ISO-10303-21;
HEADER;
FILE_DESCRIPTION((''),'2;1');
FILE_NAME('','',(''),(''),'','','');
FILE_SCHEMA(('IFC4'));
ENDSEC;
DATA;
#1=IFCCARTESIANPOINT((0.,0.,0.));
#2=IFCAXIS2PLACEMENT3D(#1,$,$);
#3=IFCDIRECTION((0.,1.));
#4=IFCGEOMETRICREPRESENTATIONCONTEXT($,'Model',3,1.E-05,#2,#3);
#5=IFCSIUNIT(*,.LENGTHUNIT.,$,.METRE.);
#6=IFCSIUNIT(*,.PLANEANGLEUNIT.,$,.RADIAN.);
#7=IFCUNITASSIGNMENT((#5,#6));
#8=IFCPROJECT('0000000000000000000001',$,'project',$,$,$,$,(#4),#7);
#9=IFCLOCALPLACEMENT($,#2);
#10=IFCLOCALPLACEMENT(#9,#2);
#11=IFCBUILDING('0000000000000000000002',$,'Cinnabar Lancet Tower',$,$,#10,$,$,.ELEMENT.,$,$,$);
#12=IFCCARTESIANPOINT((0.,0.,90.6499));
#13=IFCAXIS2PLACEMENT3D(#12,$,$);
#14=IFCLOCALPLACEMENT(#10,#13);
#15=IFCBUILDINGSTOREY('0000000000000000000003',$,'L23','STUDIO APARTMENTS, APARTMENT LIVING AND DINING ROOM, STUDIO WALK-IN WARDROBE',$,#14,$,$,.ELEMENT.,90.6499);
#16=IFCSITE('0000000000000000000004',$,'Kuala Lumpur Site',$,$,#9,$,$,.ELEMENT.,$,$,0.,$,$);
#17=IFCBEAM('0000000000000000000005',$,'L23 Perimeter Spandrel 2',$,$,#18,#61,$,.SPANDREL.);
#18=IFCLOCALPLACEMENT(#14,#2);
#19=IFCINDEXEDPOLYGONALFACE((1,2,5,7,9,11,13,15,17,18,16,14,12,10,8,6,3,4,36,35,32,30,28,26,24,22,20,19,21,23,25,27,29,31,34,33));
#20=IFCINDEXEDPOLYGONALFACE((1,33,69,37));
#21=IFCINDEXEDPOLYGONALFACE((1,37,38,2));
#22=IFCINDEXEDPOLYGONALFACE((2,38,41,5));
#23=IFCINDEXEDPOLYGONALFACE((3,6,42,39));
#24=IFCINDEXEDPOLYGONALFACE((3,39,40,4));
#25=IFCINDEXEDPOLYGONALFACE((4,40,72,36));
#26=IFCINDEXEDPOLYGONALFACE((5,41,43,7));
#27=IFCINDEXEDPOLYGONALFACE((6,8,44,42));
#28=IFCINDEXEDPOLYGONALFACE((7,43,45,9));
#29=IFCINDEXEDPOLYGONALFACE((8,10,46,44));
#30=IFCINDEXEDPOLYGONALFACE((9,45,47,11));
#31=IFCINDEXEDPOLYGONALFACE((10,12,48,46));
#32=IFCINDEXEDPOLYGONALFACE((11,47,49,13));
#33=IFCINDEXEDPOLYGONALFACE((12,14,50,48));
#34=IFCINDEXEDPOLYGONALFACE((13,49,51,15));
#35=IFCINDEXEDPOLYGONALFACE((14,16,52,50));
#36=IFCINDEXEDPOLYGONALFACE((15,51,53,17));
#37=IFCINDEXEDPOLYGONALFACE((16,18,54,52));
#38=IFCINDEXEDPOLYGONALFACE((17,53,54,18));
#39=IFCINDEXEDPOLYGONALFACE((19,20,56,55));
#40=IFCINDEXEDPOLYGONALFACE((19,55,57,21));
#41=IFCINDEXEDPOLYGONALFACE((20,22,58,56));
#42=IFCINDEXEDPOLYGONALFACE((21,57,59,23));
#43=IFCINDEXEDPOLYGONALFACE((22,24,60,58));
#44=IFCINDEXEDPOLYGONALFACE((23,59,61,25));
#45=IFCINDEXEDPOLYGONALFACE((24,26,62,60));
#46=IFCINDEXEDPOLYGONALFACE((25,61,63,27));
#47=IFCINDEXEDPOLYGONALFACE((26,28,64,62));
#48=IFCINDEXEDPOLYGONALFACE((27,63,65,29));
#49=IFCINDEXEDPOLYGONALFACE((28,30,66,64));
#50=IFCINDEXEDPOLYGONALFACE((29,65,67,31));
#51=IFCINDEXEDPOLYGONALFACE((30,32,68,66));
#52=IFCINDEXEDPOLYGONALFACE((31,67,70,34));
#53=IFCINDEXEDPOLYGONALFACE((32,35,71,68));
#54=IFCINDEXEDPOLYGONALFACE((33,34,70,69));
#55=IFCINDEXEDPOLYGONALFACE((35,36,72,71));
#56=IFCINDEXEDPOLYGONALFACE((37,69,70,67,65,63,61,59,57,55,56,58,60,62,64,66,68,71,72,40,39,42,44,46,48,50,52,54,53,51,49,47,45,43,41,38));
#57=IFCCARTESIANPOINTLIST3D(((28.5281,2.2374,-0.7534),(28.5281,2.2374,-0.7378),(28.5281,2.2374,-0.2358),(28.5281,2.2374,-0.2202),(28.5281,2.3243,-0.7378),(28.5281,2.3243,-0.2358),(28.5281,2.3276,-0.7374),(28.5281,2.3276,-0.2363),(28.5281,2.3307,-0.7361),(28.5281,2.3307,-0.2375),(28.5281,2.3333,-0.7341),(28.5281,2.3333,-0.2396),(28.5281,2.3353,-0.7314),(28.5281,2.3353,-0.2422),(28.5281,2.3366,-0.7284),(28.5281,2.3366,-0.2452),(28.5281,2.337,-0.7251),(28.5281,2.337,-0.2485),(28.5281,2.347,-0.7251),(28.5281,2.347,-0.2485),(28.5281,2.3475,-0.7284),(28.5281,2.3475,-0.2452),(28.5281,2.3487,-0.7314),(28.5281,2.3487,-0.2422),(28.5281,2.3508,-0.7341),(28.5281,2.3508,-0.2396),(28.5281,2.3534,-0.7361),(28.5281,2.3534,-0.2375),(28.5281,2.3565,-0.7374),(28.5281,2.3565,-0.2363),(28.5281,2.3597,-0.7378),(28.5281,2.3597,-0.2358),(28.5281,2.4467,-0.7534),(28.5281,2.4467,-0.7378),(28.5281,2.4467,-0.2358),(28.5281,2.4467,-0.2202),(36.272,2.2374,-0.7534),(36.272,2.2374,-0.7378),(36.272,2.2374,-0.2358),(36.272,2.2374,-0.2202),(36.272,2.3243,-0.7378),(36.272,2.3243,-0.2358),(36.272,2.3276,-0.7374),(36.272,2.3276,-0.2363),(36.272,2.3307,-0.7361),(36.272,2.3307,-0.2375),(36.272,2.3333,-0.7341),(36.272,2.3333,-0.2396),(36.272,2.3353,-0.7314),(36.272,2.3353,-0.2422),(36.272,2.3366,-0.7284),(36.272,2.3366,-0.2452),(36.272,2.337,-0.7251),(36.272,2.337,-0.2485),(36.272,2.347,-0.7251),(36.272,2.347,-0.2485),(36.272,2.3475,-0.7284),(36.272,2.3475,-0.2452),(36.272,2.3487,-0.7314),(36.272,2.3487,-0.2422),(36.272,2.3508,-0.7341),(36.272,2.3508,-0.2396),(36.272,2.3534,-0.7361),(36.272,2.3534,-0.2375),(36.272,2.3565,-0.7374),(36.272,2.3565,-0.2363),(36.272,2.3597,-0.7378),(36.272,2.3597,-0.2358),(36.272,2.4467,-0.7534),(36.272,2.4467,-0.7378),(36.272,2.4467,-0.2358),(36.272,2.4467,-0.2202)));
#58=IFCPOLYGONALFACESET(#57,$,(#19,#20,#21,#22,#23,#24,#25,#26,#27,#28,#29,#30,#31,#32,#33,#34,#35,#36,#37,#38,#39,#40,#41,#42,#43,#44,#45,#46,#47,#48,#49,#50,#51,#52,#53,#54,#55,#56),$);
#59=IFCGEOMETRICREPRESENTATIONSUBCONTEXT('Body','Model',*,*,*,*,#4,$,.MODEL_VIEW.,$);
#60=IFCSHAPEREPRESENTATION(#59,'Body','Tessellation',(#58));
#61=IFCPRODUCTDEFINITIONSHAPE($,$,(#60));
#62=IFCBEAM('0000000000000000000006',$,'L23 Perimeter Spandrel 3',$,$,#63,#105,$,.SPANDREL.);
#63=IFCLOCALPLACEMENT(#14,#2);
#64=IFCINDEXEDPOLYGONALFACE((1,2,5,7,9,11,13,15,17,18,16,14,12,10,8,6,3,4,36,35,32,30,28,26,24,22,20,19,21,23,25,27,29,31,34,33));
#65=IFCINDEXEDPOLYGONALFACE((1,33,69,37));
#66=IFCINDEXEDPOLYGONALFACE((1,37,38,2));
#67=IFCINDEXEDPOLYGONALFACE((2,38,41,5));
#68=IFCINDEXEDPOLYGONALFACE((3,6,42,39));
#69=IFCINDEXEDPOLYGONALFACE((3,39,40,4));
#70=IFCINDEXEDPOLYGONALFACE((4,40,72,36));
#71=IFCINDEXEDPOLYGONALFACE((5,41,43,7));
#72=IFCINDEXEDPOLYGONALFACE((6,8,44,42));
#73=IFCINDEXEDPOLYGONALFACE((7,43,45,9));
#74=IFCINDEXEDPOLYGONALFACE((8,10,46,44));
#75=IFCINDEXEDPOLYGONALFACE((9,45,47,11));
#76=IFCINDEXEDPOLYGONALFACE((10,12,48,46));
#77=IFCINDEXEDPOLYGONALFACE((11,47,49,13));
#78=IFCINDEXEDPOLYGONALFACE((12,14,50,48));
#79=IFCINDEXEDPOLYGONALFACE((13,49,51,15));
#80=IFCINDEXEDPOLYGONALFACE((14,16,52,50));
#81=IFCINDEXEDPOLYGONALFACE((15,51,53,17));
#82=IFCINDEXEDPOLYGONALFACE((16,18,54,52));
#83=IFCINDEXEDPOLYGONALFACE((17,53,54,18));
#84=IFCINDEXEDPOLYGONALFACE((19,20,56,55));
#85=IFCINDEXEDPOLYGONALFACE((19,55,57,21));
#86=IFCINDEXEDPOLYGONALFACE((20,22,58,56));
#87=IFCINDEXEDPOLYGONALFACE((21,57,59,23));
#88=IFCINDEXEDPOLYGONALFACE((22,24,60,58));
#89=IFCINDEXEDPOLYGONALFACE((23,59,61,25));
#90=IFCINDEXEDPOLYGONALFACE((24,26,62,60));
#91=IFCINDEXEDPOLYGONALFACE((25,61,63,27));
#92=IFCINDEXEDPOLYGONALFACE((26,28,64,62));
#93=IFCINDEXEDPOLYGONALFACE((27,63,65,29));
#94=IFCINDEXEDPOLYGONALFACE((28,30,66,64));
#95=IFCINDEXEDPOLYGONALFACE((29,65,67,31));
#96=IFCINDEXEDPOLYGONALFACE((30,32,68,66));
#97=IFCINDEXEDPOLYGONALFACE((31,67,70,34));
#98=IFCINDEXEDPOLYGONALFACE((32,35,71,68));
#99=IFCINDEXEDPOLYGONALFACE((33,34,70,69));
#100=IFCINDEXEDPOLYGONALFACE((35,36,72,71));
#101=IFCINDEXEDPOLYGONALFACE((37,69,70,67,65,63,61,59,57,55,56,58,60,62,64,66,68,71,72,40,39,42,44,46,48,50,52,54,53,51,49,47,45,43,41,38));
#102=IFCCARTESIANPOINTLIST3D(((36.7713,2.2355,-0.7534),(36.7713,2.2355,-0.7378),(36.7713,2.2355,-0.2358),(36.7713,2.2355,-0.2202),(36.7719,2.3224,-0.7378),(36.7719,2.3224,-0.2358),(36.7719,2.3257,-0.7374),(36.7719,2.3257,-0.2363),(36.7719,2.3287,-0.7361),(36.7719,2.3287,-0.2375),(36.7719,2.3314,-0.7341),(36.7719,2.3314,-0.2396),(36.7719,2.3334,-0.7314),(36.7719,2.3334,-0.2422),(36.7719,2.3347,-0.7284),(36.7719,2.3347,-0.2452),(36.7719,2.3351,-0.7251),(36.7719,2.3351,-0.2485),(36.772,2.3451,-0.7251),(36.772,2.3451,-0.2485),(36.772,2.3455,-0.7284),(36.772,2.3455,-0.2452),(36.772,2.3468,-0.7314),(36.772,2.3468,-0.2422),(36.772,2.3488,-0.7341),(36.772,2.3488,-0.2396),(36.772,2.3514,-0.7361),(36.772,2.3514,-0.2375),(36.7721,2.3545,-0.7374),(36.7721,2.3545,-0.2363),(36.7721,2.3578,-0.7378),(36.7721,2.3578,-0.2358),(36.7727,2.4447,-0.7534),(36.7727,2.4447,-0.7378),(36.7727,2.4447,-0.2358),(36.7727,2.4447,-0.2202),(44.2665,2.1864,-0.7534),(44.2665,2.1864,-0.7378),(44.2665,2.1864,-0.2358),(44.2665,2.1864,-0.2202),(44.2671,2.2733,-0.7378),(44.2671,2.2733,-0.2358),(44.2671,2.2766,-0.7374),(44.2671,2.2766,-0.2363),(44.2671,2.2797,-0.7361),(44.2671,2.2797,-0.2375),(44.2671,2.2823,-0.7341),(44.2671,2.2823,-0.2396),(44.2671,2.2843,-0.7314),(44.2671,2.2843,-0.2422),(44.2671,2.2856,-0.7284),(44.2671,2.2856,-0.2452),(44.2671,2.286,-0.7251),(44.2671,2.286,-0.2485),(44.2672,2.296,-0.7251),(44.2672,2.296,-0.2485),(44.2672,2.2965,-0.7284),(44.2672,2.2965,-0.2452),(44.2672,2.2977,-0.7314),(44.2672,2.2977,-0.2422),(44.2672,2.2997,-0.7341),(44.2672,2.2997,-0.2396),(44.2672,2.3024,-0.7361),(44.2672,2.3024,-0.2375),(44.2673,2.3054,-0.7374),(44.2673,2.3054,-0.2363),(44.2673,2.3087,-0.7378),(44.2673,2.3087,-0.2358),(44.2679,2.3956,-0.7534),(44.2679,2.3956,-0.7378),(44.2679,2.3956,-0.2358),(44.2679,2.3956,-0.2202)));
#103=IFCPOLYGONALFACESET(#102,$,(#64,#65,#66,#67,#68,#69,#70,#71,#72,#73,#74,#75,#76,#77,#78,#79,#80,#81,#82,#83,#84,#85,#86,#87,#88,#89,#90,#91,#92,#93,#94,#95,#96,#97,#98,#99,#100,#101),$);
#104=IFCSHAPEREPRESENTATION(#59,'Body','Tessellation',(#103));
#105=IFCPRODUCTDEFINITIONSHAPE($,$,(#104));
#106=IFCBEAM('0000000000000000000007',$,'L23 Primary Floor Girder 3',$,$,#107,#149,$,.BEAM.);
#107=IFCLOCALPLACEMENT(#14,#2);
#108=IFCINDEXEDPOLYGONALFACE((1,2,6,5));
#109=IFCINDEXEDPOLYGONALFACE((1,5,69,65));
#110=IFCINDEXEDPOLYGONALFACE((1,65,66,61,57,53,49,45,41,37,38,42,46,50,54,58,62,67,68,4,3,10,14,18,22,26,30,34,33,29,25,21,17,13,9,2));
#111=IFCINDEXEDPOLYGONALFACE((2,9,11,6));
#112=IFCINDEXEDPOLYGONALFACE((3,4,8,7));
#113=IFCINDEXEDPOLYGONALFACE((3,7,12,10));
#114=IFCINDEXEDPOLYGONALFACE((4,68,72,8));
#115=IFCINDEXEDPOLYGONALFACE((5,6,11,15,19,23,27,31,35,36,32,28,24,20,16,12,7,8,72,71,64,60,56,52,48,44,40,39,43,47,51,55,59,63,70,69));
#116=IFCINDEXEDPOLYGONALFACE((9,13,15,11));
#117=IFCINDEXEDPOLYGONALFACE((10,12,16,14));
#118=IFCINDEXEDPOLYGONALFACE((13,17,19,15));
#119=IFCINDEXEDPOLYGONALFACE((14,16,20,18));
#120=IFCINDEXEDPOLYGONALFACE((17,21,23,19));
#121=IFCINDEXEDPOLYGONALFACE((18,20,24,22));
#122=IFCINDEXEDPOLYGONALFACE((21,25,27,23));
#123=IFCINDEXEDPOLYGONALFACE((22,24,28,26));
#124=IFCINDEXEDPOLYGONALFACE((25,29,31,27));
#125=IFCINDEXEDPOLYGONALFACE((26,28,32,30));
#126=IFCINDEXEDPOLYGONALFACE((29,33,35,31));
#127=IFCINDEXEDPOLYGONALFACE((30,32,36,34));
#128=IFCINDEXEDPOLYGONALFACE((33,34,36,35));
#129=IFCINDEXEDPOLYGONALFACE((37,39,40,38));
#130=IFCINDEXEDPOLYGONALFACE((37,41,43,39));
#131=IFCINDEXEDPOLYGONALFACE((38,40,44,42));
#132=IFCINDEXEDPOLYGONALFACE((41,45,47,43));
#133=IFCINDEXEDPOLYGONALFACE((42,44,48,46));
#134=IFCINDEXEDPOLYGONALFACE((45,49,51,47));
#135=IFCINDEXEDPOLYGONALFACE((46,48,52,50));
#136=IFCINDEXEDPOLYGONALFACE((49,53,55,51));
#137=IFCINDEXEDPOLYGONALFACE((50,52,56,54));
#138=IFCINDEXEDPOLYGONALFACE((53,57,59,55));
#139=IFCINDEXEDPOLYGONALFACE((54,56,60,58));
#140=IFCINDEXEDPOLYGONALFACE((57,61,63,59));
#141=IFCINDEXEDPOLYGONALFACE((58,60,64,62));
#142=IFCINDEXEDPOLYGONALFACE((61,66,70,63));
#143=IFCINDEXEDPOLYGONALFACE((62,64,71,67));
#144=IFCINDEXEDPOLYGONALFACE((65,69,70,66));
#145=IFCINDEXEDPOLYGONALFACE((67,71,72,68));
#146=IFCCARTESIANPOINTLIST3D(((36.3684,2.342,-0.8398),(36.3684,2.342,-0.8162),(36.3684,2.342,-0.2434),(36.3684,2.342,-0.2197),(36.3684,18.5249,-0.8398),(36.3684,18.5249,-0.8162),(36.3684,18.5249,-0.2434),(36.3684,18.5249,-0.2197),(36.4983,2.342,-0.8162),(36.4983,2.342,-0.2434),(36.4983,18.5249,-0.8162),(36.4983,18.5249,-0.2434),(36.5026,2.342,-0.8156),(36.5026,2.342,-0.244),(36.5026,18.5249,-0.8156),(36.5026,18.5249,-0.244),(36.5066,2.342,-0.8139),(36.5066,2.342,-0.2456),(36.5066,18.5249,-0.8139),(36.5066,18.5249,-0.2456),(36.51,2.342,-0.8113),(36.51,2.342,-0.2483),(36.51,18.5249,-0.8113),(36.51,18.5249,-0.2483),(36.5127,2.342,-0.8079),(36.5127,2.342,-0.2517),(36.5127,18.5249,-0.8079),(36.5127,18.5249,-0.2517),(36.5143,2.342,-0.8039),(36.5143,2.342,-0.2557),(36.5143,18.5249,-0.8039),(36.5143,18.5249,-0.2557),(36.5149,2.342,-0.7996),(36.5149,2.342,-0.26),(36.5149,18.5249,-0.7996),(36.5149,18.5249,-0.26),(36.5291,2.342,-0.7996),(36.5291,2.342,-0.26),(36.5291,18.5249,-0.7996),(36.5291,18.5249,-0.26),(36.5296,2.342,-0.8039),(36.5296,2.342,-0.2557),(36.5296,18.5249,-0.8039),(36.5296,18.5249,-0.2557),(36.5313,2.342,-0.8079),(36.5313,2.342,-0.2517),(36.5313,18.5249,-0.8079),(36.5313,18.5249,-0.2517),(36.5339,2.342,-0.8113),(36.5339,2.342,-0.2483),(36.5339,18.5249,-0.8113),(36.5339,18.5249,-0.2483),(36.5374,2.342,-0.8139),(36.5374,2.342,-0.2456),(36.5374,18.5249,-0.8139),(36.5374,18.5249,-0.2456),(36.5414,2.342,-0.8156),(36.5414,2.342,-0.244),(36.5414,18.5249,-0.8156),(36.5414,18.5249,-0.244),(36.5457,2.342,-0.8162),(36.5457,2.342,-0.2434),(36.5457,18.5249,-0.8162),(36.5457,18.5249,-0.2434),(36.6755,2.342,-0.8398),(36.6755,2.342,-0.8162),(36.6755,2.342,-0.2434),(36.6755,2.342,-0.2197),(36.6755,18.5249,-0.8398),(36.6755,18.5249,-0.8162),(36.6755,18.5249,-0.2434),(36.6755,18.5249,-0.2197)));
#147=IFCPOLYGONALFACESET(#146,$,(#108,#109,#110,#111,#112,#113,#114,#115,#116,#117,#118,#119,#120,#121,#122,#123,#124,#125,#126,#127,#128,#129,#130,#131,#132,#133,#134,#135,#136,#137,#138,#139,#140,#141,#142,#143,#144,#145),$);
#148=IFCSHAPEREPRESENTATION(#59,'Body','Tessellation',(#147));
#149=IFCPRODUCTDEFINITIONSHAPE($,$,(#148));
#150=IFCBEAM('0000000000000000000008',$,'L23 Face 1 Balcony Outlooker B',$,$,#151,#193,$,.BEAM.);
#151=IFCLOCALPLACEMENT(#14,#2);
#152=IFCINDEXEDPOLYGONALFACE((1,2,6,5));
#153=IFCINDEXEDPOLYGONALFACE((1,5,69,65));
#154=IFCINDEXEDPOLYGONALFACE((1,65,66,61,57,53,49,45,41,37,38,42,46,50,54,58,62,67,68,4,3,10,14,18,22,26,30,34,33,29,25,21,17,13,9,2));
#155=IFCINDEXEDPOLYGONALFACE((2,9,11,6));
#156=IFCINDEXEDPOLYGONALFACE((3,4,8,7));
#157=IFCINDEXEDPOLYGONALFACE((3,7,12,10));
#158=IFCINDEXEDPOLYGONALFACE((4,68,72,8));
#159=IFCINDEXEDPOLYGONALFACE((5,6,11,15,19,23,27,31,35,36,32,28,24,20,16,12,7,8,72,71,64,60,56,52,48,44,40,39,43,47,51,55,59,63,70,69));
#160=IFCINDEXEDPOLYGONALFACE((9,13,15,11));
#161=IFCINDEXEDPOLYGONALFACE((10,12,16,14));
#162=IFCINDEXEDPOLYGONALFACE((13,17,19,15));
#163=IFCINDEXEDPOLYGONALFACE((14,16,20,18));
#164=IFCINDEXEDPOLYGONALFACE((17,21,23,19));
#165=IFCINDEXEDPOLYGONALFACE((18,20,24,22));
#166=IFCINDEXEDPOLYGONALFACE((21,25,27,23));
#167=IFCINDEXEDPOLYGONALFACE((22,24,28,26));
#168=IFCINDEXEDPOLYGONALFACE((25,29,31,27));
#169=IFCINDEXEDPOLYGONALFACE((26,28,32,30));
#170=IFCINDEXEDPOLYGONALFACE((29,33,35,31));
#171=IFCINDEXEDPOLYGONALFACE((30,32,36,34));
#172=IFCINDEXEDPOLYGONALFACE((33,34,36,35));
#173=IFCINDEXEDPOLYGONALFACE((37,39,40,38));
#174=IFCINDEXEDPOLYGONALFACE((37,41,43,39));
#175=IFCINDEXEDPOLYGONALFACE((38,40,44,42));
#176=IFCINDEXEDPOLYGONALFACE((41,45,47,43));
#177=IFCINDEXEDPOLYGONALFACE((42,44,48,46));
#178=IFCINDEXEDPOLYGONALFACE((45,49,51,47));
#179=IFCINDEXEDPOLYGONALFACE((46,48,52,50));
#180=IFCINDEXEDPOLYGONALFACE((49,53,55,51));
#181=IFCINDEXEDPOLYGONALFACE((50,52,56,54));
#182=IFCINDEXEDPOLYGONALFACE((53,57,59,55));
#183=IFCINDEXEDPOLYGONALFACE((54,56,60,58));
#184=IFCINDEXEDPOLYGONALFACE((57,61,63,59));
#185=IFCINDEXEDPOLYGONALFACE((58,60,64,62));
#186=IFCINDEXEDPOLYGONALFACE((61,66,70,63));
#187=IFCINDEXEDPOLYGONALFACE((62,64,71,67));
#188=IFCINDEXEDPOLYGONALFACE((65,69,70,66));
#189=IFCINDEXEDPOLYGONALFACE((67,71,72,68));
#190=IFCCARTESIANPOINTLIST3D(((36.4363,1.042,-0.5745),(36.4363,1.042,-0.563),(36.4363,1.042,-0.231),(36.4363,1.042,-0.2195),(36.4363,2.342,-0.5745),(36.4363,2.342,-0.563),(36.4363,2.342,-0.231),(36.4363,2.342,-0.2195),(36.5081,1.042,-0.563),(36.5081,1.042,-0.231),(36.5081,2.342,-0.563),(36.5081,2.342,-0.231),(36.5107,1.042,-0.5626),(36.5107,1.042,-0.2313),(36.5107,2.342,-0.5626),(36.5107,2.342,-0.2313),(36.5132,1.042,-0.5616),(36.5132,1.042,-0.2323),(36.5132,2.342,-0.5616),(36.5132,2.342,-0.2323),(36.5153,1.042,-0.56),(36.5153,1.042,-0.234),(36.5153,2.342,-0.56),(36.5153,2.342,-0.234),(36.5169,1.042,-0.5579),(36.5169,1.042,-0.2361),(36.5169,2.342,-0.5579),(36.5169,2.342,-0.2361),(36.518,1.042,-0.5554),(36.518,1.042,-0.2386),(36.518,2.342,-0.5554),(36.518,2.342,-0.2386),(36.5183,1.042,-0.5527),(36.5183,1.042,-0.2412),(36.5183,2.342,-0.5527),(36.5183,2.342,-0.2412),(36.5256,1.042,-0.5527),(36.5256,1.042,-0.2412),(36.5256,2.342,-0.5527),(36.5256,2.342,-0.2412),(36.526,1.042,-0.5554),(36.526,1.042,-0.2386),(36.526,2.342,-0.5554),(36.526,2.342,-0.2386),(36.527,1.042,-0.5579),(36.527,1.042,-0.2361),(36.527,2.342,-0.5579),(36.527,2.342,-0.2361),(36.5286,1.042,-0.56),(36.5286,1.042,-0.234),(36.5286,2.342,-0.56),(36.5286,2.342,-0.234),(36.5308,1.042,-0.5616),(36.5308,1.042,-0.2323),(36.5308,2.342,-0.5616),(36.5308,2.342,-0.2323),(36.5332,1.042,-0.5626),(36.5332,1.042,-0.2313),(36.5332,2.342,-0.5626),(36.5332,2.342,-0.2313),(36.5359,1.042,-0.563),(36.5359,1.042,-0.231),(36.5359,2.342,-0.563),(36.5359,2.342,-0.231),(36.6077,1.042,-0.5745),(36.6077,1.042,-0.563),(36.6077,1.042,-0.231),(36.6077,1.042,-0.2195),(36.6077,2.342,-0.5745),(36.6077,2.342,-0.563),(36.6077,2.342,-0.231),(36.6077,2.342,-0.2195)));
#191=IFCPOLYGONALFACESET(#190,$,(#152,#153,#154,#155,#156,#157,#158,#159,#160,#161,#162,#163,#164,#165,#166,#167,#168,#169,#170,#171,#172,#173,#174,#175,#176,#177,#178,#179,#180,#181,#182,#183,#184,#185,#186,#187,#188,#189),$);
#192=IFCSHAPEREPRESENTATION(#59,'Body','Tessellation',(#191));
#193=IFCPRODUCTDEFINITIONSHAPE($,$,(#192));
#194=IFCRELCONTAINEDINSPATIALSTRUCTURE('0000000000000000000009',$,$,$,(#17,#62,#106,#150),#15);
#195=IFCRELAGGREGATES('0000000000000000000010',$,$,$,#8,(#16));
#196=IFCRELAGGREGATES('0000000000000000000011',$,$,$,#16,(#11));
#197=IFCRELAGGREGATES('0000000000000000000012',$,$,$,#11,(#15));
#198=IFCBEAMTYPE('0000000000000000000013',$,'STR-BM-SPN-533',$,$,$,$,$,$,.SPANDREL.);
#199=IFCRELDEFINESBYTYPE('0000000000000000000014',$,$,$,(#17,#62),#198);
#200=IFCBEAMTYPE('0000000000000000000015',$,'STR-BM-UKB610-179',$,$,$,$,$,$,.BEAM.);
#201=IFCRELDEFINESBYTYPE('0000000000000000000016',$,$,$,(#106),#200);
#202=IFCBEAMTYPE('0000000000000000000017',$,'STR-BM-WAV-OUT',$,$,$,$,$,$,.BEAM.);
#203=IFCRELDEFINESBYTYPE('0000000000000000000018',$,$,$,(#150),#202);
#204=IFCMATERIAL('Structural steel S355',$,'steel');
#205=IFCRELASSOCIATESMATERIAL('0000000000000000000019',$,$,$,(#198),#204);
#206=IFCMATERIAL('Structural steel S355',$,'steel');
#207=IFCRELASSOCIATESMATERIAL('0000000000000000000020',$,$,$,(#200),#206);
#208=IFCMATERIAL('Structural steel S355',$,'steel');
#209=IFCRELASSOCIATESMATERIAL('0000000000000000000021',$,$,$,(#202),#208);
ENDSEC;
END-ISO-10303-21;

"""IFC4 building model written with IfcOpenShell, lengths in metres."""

from ifc_helpers import new_model, si_unit, direction, frame, origin, origin_2d, place, context, subcontext, project, spatial, i_section, extrude, material, material_profile, profile_set, type_object, element, save


model = new_model("IFC4")

# Units and contexts
model_context = context("Model", 3, precision=1e-05, world=origin(), true_north=direction((0.0, 1.0)))
body_context = subcontext(model_context, "Body", "Model", "MODEL_VIEW")
ifc_project = project(units=[si_unit("LENGTHUNIT", "METRE"), si_unit("PLANEANGLEUNIT", "RADIAN")], contexts=[model_context])

# Site, building, storey
site_placement = place(None, origin())
site = spatial("IfcSite", under=ifc_project, at=site_placement, Name="Kuala Lumpur Site", CompositionType="ELEMENT", RefElevation=0.0)
building_placement = place(site_placement, origin())
building = spatial("IfcBuilding", under=site, at=building_placement, Name="Cinnabar Lancet Tower", CompositionType="ELEMENT")
storey_placement = place(building_placement, frame((0.0, 0.0, 90.6499)))
storey = spatial("IfcBuildingStorey", under=building, at=storey_placement, Name="L23", Description="STUDIO APARTMENTS, APARTMENT LIVING AND DINING ROOM, STUDIO WALK-IN WARDROBE", CompositionType="ELEMENT", Elevation=90.6499)

# Beams
ifc_material_1 = material(Name="Structural steel S355", Category="steel")
ifc_material_profile_1 = material_profile(ifc_material_1, i_section(OverallWidth=0.2092, OverallDepth=0.5332, WebThickness=0.01, FlangeThickness=0.0156, FilletRadius=0.0127, at=origin_2d()), Name="UKB 533x210x92")
ifc_profile_set_1 = profile_set([ifc_material_profile_1], Name="Structural steel S355")
beam_type_1 = type_object("IfcBeamType", Name="STR-BM-SPN-533", PredefinedType="SPANDREL", material=ifc_profile_set_1)
beam_1_placement = place(storey_placement, frame((28.5281, 2.342, -0.4868), z_axis=(1.0, 0.0, 0.0), x_axis=(0.0, 1.0, 0.0)))
element("IfcBeam", 1, at=beam_1_placement, inside=storey, type_object=beam_type_1, Name="L23 Perimeter Spandrel 2", PredefinedType="SPANDREL", context=body_context, shape_type="SweptSolid", body=[
    extrude(i_section(OverallWidth=0.2092, OverallDepth=0.5332, WebThickness=0.01, FlangeThickness=0.0156, FilletRadius=0.0127, at=origin_2d()), origin(), (0.0, 0.0, 1.0), 7.7439),
])
beam_2_placement = place(storey_placement, frame((36.772, 2.3401, -0.4868), z_axis=(0.999979, -0.006547, 0.0), x_axis=(0.006547, 0.999979, 0.0)))
element("IfcBeam", 2, at=beam_2_placement, inside=storey, type_object=beam_type_1, Name="L23 Perimeter Spandrel 3", PredefinedType="SPANDREL", context=body_context, shape_type="SweptSolid", body=[
    extrude(i_section(OverallWidth=0.2092, OverallDepth=0.5332, WebThickness=0.01, FlangeThickness=0.0156, FilletRadius=0.0127, at=origin_2d()), origin(), (0.0, 0.0, 1.0), 7.4954),
])
ifc_material_2 = material(Name="Structural steel S355", Category="steel")
ifc_material_profile_2 = material_profile(ifc_material_2, i_section(OverallWidth=0.3071, OverallDepth=0.6201, WebThickness=0.0142, FlangeThickness=0.0237, FilletRadius=0.0166, at=origin_2d()), Name="UKB 610x305x179")
ifc_profile_set_2 = profile_set([ifc_material_profile_2], Name="Structural steel S355")
beam_type_2 = type_object("IfcBeamType", Name="STR-BM-UKB610-179", PredefinedType="BEAM", material=ifc_profile_set_2)
beam_3_placement = place(storey_placement, frame((36.522, 2.342, -0.5298), z_axis=(0.0, 1.0, 0.0), x_axis=(-1.0, 0.0, 0.0)))
element("IfcBeam", 3, at=beam_3_placement, inside=storey, type_object=beam_type_2, Name="L23 Primary Floor Girder 3", PredefinedType="BEAM", context=body_context, shape_type="SweptSolid", body=[
    extrude(i_section(OverallWidth=0.3071, OverallDepth=0.6201, WebThickness=0.0142, FlangeThickness=0.0237, FilletRadius=0.0166, at=origin_2d()), origin(), (0.0, 0.0, 1.0), 16.1829),
])
ifc_material_3 = material(Name="Structural steel S355", Category="steel")
ifc_material_profile_3 = material_profile(ifc_material_3, i_section(OverallWidth=0.1714, OverallDepth=0.355, WebThickness=0.0073, FlangeThickness=0.0115, FilletRadius=0.0103, at=origin_2d()), Name="UKB 356x171x51")
ifc_profile_set_3 = profile_set([ifc_material_profile_3], Name="Structural steel S355")
beam_type_3 = type_object("IfcBeamType", Name="STR-BM-WAV-OUT", PredefinedType="BEAM", material=ifc_profile_set_3)
beam_4_placement = place(storey_placement, frame((36.522, 2.342, -0.397), z_axis=(0.0, -1.0, 0.0), x_axis=(1.0, 0.0, 0.0)))
element("IfcBeam", 4, at=beam_4_placement, inside=storey, type_object=beam_type_3, Name="L23 Face 1 Balcony Outlooker B", PredefinedType="BEAM", context=body_context, shape_type="SweptSolid", body=[
    extrude(i_section(OverallWidth=0.1714, OverallDepth=0.355, WebThickness=0.0073, FlangeThickness=0.0115, FilletRadius=0.0103, at=origin_2d()), origin(), (0.0, 0.0, 1.0), 1.3),
])

save(model, "model.ifc")
